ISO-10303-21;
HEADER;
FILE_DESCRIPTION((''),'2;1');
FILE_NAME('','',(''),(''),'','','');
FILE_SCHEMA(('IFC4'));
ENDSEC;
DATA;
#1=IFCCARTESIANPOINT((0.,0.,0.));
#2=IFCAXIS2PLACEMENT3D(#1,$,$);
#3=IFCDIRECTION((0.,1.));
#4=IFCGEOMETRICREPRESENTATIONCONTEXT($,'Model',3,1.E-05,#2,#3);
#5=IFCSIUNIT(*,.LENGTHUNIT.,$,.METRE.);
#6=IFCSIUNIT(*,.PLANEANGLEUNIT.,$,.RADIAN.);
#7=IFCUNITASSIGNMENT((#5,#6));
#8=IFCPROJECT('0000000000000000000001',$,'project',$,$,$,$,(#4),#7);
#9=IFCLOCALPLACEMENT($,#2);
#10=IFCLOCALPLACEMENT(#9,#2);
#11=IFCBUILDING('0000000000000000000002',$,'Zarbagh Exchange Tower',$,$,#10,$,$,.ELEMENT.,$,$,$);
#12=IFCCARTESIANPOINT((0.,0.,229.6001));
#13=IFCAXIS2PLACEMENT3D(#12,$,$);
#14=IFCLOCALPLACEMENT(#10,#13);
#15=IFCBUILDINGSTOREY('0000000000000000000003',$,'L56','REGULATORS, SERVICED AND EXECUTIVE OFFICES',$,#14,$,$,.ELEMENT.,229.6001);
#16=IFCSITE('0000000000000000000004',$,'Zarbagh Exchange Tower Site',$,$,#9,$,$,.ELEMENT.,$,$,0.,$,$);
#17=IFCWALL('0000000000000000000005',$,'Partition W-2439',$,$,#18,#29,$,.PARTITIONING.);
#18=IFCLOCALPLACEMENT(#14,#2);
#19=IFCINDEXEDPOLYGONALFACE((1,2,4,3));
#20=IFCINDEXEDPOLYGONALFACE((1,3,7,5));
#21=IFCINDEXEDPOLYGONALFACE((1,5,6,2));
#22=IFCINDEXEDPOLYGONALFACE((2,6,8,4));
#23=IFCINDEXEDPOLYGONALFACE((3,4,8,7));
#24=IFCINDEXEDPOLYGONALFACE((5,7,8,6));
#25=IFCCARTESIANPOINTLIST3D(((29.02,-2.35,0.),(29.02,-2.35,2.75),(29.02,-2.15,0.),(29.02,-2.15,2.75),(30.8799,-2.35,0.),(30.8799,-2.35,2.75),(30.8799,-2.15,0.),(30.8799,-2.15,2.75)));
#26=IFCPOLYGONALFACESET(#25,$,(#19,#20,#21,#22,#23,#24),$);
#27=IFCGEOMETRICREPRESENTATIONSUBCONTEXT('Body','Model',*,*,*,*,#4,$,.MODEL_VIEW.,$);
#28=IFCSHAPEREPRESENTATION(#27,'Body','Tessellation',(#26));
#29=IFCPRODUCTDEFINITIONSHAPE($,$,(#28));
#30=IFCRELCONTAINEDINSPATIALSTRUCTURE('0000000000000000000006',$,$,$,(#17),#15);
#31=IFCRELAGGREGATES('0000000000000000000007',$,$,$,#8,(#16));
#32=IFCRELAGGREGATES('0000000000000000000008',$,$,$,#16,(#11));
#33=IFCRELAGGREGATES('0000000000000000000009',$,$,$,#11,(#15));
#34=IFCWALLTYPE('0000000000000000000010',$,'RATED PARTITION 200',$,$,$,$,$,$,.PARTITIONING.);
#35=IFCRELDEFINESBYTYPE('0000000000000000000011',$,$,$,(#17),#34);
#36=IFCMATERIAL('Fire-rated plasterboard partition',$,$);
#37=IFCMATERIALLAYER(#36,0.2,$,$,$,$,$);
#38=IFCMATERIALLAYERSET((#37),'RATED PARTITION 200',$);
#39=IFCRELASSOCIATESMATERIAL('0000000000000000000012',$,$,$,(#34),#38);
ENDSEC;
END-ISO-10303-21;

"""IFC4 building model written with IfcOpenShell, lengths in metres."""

from ifc_helpers import new_model, si_unit, direction, frame, frame_2d, origin, place, context, subcontext, project, spatial, rectangle, extrude, material, layer, layer_set, type_object, element, save


model = new_model("IFC4")

# Units and contexts
model_context = context("Model", 3, precision=1e-05, world=origin(), true_north=direction((0.0, 1.0)))
body_context = subcontext(model_context, "Body", "Model", "MODEL_VIEW")
ifc_project = project(units=[si_unit("LENGTHUNIT", "METRE"), si_unit("PLANEANGLEUNIT", "RADIAN")], contexts=[model_context])

# Site, building, storey
site_placement = place(None, origin())
site = spatial("IfcSite", under=ifc_project, at=site_placement, Name="Zarbagh Exchange Tower Site", CompositionType="ELEMENT", RefElevation=0.0)
building_placement = place(site_placement, origin())
building = spatial("IfcBuilding", under=site, at=building_placement, Name="Zarbagh Exchange Tower", CompositionType="ELEMENT")
storey_placement = place(building_placement, frame((0.0, 0.0, 229.6001)))
storey = spatial("IfcBuildingStorey", under=building, at=storey_placement, Name="L56", Description="REGULATORS, SERVICED AND EXECUTIVE OFFICES", CompositionType="ELEMENT", Elevation=229.6001)

# Shared definitions
ifc_material_1 = material(Name="Fire-rated plasterboard partition")
ifc_layer = layer(ifc_material_1, 0.2)
ifc_layer_set = layer_set([ifc_layer], Name="RATED PARTITION 200")
wall_type = type_object("IfcWallType", Name="RATED PARTITION 200", PredefinedType="PARTITIONING", material=ifc_layer_set)

# Wall
wall_1_placement = place(storey_placement, frame((29.02, -2.25, 0.0), z_axis=(0.0, 0.0, 1.0), x_axis=(1.0, 0.0, 0.0)))
element("IfcWall", 1, at=wall_1_placement, inside=storey, type_object=wall_type, Name="Partition W-2439", PredefinedType="PARTITIONING", context=body_context, shape_type="SweptSolid", body=[
    extrude(rectangle(XDim=1.8599, YDim=0.2, at=frame_2d((0.9299, 0.0))), origin(), (0.0, 0.0, 1.0), 2.75),
])

save(model, "model.ifc")
